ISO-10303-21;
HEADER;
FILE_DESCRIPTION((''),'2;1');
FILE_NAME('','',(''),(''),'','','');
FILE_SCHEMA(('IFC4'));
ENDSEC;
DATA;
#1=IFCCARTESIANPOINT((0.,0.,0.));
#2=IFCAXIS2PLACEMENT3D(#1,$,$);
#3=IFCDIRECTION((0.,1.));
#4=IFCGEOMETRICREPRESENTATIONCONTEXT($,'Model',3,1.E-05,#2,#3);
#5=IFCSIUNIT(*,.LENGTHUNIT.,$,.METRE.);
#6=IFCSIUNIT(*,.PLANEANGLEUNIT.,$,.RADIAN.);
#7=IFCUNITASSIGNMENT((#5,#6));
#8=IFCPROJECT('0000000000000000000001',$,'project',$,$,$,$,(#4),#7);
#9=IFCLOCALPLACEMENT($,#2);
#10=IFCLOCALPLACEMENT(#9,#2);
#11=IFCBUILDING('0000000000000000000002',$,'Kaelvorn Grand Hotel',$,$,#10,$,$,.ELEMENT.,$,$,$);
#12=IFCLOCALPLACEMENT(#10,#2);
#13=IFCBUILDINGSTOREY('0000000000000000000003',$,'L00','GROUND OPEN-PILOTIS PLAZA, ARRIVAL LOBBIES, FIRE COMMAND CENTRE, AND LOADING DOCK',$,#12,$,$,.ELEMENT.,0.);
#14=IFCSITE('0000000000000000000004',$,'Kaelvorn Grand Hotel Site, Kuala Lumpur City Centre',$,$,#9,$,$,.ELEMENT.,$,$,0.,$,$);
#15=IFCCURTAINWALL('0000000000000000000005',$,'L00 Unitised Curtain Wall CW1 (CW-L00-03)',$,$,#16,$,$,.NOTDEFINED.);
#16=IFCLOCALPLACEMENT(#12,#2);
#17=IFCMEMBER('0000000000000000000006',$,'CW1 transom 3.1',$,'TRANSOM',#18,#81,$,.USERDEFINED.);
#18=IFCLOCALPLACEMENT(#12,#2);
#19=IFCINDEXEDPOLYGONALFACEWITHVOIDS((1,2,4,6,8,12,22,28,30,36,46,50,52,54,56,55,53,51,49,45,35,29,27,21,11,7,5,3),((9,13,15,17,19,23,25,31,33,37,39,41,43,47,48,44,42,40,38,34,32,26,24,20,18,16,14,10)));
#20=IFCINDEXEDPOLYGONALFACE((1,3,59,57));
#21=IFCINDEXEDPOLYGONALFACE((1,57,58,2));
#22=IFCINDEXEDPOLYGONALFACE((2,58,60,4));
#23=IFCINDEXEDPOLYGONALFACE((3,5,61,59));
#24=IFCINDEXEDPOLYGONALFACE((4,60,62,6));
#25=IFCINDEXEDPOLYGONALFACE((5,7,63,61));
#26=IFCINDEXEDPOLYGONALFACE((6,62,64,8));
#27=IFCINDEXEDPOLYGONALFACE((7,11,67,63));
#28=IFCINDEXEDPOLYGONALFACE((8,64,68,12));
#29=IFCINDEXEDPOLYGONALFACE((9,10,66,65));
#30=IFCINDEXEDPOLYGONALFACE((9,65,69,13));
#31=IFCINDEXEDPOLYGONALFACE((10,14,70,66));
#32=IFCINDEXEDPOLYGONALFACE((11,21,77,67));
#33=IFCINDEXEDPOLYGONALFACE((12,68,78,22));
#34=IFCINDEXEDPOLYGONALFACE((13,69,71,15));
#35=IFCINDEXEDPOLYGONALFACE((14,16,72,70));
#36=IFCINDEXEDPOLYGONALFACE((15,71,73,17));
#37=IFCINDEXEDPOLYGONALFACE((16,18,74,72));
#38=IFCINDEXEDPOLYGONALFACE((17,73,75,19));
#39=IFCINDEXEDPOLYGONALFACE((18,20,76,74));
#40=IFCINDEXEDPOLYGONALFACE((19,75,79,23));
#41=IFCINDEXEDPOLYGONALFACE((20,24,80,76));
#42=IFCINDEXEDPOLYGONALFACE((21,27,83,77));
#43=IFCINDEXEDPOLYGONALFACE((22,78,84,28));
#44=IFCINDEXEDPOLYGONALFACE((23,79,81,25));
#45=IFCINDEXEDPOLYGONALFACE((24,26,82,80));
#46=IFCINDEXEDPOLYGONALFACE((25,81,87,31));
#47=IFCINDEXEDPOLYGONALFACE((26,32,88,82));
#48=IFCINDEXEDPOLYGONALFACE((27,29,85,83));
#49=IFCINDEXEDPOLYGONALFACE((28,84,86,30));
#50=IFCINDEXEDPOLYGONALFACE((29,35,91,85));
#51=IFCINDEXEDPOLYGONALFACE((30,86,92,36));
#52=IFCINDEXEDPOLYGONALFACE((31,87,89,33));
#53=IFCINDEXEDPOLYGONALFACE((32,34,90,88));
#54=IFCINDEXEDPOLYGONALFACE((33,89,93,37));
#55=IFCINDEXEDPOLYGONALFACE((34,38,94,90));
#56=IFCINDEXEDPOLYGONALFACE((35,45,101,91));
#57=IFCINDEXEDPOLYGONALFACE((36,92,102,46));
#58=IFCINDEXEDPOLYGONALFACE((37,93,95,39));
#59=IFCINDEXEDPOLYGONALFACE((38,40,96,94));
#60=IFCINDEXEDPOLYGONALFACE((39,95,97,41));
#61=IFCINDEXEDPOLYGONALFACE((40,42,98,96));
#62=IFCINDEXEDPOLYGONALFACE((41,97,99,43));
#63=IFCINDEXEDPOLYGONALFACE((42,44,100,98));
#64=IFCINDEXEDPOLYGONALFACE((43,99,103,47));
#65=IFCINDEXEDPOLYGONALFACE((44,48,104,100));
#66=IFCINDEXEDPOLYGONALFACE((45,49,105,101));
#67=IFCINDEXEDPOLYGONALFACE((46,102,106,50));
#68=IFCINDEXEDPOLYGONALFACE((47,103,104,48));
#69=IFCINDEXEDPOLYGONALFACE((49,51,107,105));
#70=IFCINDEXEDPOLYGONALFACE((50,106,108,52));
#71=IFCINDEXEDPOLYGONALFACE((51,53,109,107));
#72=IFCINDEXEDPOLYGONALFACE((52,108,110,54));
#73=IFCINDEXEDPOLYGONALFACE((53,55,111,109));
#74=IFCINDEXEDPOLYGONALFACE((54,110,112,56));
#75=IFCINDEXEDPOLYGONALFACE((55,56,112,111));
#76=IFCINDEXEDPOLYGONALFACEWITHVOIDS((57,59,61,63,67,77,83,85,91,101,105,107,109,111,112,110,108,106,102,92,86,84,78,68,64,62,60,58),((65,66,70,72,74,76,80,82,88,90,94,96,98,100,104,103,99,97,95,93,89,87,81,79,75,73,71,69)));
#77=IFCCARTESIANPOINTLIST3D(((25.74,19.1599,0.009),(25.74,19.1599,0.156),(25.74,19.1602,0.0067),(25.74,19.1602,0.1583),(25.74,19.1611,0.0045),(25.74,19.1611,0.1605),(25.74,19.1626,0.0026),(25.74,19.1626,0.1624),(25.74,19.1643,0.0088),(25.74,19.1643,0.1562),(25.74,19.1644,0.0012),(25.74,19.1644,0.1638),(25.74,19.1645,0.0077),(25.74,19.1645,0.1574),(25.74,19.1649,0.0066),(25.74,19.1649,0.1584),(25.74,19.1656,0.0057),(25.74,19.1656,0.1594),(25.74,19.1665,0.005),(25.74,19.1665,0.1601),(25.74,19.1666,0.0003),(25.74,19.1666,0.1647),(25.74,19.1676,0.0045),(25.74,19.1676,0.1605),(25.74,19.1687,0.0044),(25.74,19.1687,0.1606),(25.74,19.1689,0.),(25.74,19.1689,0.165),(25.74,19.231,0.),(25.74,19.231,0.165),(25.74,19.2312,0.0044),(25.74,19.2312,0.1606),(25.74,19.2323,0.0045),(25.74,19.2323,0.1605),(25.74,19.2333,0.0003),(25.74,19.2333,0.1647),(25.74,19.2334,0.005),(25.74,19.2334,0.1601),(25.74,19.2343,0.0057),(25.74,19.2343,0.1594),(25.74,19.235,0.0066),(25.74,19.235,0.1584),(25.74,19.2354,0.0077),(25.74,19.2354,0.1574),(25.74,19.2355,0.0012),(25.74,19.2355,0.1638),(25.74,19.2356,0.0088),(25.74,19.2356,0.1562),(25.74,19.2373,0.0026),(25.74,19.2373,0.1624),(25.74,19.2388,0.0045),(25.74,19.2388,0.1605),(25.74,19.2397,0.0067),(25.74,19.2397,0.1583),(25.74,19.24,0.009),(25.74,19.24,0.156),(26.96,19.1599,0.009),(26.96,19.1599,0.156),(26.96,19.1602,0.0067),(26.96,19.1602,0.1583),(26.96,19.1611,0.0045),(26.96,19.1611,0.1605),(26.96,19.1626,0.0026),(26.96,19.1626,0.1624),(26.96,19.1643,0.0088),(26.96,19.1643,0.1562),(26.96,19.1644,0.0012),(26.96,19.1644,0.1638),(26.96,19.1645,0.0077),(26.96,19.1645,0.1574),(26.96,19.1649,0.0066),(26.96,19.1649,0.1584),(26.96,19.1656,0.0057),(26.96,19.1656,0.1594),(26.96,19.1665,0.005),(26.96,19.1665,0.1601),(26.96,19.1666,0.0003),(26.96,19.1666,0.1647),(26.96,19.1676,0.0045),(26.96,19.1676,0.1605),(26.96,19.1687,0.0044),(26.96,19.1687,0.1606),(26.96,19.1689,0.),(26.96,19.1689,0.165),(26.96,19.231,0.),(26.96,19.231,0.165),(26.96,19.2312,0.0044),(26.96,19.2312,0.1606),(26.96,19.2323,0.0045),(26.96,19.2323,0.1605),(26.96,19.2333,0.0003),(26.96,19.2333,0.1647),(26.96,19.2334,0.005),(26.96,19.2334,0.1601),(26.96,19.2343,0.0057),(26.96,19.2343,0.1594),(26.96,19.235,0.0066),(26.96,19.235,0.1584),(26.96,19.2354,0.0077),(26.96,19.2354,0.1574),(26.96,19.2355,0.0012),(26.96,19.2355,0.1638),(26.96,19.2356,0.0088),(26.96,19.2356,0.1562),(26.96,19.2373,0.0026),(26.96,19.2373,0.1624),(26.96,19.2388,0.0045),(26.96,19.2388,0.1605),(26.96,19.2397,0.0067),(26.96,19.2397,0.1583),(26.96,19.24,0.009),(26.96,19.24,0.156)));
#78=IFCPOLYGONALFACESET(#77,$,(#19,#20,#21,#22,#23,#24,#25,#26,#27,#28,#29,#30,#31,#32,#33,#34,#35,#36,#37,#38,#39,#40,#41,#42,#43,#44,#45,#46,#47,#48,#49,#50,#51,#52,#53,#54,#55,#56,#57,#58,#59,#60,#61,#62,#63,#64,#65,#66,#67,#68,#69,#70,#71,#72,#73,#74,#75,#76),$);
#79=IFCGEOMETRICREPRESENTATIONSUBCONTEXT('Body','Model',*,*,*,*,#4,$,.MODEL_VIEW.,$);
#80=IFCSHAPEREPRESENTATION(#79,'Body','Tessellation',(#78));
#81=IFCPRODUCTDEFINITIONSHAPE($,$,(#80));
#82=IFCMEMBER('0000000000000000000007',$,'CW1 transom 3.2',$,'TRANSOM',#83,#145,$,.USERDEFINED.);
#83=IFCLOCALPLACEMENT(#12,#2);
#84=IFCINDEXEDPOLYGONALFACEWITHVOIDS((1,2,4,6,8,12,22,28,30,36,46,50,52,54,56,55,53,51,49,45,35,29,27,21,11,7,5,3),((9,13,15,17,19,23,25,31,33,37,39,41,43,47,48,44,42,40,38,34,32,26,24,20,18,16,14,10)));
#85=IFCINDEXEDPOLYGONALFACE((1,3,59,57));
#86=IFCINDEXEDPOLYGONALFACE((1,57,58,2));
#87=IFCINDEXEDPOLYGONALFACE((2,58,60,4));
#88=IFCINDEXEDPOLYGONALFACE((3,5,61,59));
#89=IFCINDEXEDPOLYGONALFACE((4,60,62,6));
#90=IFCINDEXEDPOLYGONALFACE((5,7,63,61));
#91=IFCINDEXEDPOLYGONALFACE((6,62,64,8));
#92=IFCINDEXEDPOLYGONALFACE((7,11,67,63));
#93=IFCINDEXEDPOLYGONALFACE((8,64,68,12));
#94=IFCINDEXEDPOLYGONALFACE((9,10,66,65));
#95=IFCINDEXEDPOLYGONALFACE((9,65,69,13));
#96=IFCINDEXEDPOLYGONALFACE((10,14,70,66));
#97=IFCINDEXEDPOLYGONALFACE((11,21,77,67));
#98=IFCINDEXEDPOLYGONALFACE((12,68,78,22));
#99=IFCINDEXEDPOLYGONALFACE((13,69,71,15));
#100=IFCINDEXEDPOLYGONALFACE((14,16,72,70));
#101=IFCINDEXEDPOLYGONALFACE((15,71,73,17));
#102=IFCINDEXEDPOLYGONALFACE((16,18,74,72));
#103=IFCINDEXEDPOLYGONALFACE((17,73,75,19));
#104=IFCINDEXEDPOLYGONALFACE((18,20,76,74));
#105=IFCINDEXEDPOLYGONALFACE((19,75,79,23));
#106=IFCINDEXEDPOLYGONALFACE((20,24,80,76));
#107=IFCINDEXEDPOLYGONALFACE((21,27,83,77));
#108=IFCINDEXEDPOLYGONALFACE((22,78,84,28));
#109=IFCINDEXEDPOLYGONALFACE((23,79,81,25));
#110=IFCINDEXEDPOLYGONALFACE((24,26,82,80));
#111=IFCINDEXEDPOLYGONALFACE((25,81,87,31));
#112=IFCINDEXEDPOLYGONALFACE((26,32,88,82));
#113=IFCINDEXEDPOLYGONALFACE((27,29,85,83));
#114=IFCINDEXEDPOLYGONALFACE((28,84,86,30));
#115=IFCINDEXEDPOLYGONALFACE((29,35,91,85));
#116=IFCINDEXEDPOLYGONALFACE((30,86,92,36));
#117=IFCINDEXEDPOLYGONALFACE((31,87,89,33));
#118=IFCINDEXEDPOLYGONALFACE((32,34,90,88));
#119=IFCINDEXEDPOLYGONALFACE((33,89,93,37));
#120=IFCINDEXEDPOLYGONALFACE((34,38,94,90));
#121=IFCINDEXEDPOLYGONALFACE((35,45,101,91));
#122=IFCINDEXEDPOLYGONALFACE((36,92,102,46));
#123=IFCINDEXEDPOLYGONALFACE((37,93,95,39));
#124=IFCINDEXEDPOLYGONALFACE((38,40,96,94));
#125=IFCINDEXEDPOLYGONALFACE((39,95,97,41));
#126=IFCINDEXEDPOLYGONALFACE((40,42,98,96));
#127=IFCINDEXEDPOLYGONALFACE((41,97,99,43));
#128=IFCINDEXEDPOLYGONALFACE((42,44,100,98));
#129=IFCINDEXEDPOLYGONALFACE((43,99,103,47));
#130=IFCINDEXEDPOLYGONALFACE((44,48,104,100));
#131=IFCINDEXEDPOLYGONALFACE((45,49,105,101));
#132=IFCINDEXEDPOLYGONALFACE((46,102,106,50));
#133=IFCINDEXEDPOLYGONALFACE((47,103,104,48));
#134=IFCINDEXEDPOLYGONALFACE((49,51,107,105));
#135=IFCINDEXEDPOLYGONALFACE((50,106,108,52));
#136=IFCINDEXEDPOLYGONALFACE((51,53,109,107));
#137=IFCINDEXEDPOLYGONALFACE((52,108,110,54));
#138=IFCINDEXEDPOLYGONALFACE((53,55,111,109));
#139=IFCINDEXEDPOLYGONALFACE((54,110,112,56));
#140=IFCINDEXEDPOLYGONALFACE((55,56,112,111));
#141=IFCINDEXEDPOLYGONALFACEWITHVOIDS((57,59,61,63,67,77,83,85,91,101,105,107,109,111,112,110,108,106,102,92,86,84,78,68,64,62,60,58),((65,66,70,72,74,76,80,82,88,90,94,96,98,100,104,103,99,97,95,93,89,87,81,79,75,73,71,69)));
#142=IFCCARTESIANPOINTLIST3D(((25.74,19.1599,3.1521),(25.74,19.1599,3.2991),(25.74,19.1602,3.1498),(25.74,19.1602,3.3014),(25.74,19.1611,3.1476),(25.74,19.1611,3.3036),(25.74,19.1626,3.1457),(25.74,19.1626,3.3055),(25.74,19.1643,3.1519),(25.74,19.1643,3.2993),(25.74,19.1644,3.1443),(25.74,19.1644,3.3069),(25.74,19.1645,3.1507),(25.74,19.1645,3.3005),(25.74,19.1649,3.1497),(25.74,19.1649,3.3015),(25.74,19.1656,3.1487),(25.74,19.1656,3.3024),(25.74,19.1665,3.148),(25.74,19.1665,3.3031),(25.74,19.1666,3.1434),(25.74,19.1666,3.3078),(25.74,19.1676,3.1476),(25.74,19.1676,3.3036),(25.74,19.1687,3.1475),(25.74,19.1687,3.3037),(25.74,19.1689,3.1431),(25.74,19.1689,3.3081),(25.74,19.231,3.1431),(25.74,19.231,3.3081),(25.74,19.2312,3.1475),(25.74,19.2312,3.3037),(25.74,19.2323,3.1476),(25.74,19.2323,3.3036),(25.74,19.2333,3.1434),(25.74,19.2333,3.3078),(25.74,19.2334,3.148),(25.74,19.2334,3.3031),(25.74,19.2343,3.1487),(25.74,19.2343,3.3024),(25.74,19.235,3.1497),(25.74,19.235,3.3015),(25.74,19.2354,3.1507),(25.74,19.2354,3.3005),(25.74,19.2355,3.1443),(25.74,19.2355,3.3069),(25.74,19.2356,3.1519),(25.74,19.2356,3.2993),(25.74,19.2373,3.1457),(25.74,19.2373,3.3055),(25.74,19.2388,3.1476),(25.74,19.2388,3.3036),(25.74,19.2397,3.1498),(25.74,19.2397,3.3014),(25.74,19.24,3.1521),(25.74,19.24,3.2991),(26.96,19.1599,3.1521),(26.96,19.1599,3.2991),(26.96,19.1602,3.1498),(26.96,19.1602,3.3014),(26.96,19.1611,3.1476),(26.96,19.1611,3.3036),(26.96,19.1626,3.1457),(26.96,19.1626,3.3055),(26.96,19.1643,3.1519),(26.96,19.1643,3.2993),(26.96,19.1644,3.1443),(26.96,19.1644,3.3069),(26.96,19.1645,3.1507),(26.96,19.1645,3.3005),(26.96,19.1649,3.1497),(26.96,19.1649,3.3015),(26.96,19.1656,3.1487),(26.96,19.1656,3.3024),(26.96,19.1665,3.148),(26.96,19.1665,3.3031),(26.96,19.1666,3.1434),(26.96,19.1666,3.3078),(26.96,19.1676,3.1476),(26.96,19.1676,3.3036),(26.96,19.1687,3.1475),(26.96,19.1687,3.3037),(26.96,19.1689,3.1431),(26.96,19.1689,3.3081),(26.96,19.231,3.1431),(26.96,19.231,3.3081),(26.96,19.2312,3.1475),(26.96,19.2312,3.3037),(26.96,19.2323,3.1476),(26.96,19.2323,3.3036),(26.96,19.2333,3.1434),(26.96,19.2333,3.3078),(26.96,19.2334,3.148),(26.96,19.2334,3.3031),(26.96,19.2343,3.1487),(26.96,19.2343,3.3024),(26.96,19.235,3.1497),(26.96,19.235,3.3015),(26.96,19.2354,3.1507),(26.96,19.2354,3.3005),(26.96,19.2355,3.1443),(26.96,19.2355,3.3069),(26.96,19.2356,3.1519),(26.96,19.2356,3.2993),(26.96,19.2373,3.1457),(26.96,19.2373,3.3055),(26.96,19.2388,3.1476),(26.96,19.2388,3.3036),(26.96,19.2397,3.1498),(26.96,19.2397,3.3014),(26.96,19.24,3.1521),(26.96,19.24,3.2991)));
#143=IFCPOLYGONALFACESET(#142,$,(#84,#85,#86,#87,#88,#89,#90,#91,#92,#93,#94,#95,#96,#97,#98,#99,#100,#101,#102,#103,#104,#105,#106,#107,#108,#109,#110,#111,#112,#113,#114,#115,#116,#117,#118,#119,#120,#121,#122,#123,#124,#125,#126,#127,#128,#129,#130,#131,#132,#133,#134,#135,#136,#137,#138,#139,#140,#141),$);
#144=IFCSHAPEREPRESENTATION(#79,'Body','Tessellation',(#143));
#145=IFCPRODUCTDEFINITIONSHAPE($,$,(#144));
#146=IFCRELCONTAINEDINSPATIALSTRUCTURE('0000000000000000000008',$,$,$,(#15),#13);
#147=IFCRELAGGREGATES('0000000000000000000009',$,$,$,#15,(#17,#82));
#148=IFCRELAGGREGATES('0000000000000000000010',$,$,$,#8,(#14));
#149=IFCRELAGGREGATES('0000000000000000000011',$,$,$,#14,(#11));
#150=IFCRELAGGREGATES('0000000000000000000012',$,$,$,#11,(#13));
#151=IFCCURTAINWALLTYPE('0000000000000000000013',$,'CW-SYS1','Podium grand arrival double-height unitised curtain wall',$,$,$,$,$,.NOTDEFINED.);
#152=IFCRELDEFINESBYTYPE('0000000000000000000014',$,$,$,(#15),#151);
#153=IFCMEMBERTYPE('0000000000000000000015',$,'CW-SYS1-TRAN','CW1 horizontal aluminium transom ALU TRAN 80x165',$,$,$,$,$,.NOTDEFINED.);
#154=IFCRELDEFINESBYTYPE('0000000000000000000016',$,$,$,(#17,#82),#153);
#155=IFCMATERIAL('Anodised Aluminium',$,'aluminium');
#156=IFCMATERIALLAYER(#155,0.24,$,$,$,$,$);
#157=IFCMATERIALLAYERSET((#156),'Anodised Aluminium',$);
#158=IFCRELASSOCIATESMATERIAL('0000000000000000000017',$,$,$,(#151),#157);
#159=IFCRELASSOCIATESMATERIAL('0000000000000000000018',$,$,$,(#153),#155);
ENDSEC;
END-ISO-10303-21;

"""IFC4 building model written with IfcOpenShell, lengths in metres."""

from ifc_helpers import new_model, si_unit, direction, frame, origin, origin_2d, place, context, subcontext, project, spatial, hollow_rectangle, extrude, material, layer, layer_set, material_profile, profile_set, type_object, element, aggregate, save


model = new_model("IFC4")

# Units and contexts
model_context = context("Model", 3, precision=1e-05, world=origin(), true_north=direction((0.0, 1.0)))
body_context = subcontext(model_context, "Body", "Model", "MODEL_VIEW")
ifc_project = project(units=[si_unit("LENGTHUNIT", "METRE"), si_unit("PLANEANGLEUNIT", "RADIAN")], contexts=[model_context])

# Site, building, storey
site_placement = place(None, origin())
site = spatial("IfcSite", under=ifc_project, at=site_placement, Name="Kaelvorn Grand Hotel Site, Kuala Lumpur City Centre", CompositionType="ELEMENT", RefElevation=0.0)
building_placement = place(site_placement, origin())
building = spatial("IfcBuilding", under=site, at=building_placement, Name="Kaelvorn Grand Hotel", CompositionType="ELEMENT")
storey_placement = place(building_placement, origin())
storey = spatial("IfcBuildingStorey", under=building, at=storey_placement, Name="L00", Description="GROUND OPEN-PILOTIS PLAZA, ARRIVAL LOBBIES, FIRE COMMAND CENTRE, AND LOADING DOCK", CompositionType="ELEMENT", Elevation=0.0)

# Curtain wall, members
ifc_material_1 = material(Name="Anodised Aluminium", Category="aluminium")
ifc_layer_1 = layer(ifc_material_1, 0.24)
ifc_layer_set_1 = layer_set([ifc_layer_1], Name="Anodised Aluminium")
curtain_wall_type = type_object("IfcCurtainWallType", Name="CW-SYS1", Description="Podium grand arrival double-height unitised curtain wall", PredefinedType="NOTDEFINED", material=ifc_layer_set_1)
curtain_wall_placement = place(storey_placement, origin())
curtain_wall = element("IfcCurtainWall", 1, at=curtain_wall_placement, inside=storey, type_object=curtain_wall_type, Name="L00 Unitised Curtain Wall CW1 (CW-L00-03)", PredefinedType="NOTDEFINED")
ifc_material_profile_1 = material_profile(ifc_material_1, hollow_rectangle(XDim=0.0801, YDim=0.165, WallThickness=0.0044, InnerFilletRadius=0.0044, OuterFilletRadius=0.009, at=origin_2d()), Name="ALU TRAN 80x165")
ifc_profile_set_1 = profile_set([ifc_material_profile_1], Name="Anodised Aluminium")
member_type_1 = type_object("IfcMemberType", Name="CW-SYS1-TRAN", Description="CW1 horizontal aluminium transom ALU TRAN 80x165", PredefinedType="NOTDEFINED", material=ifc_profile_set_1)
member_1_placement = place(storey_placement, frame((26.96, 19.2, 0.0825), z_axis=(-1.0, 0.0, 0.0), x_axis=(0.0, -1.0, 0.0)))
member_1 = element("IfcMember", 2, at=member_1_placement, type_object=member_type_1, Name="CW1 transom 3.1", ObjectType="TRANSOM", PredefinedType="USERDEFINED", context=body_context, shape_type="SweptSolid", body=[
    extrude(hollow_rectangle(XDim=0.0801, YDim=0.165, WallThickness=0.0044, InnerFilletRadius=0.0044, OuterFilletRadius=0.009, at=origin_2d()), origin(), (0.0, 0.0, 1.0), 1.22),
])
member_2_placement = place(storey_placement, frame((26.96, 19.2, 3.2256), z_axis=(-1.0, 0.0, 0.0), x_axis=(0.0, -1.0, 0.0)))
member_2 = element("IfcMember", 3, at=member_2_placement, type_object=member_type_1, Name="CW1 transom 3.2", ObjectType="TRANSOM", PredefinedType="USERDEFINED", context=body_context, shape_type="SweptSolid", body=[
    extrude(hollow_rectangle(XDim=0.0801, YDim=0.165, WallThickness=0.0044, InnerFilletRadius=0.0044, OuterFilletRadius=0.009, at=origin_2d()), origin(), (0.0, 0.0, 1.0), 1.22),
])
aggregate(curtain_wall, [member_1, member_2])

save(model, "model.ifc")
